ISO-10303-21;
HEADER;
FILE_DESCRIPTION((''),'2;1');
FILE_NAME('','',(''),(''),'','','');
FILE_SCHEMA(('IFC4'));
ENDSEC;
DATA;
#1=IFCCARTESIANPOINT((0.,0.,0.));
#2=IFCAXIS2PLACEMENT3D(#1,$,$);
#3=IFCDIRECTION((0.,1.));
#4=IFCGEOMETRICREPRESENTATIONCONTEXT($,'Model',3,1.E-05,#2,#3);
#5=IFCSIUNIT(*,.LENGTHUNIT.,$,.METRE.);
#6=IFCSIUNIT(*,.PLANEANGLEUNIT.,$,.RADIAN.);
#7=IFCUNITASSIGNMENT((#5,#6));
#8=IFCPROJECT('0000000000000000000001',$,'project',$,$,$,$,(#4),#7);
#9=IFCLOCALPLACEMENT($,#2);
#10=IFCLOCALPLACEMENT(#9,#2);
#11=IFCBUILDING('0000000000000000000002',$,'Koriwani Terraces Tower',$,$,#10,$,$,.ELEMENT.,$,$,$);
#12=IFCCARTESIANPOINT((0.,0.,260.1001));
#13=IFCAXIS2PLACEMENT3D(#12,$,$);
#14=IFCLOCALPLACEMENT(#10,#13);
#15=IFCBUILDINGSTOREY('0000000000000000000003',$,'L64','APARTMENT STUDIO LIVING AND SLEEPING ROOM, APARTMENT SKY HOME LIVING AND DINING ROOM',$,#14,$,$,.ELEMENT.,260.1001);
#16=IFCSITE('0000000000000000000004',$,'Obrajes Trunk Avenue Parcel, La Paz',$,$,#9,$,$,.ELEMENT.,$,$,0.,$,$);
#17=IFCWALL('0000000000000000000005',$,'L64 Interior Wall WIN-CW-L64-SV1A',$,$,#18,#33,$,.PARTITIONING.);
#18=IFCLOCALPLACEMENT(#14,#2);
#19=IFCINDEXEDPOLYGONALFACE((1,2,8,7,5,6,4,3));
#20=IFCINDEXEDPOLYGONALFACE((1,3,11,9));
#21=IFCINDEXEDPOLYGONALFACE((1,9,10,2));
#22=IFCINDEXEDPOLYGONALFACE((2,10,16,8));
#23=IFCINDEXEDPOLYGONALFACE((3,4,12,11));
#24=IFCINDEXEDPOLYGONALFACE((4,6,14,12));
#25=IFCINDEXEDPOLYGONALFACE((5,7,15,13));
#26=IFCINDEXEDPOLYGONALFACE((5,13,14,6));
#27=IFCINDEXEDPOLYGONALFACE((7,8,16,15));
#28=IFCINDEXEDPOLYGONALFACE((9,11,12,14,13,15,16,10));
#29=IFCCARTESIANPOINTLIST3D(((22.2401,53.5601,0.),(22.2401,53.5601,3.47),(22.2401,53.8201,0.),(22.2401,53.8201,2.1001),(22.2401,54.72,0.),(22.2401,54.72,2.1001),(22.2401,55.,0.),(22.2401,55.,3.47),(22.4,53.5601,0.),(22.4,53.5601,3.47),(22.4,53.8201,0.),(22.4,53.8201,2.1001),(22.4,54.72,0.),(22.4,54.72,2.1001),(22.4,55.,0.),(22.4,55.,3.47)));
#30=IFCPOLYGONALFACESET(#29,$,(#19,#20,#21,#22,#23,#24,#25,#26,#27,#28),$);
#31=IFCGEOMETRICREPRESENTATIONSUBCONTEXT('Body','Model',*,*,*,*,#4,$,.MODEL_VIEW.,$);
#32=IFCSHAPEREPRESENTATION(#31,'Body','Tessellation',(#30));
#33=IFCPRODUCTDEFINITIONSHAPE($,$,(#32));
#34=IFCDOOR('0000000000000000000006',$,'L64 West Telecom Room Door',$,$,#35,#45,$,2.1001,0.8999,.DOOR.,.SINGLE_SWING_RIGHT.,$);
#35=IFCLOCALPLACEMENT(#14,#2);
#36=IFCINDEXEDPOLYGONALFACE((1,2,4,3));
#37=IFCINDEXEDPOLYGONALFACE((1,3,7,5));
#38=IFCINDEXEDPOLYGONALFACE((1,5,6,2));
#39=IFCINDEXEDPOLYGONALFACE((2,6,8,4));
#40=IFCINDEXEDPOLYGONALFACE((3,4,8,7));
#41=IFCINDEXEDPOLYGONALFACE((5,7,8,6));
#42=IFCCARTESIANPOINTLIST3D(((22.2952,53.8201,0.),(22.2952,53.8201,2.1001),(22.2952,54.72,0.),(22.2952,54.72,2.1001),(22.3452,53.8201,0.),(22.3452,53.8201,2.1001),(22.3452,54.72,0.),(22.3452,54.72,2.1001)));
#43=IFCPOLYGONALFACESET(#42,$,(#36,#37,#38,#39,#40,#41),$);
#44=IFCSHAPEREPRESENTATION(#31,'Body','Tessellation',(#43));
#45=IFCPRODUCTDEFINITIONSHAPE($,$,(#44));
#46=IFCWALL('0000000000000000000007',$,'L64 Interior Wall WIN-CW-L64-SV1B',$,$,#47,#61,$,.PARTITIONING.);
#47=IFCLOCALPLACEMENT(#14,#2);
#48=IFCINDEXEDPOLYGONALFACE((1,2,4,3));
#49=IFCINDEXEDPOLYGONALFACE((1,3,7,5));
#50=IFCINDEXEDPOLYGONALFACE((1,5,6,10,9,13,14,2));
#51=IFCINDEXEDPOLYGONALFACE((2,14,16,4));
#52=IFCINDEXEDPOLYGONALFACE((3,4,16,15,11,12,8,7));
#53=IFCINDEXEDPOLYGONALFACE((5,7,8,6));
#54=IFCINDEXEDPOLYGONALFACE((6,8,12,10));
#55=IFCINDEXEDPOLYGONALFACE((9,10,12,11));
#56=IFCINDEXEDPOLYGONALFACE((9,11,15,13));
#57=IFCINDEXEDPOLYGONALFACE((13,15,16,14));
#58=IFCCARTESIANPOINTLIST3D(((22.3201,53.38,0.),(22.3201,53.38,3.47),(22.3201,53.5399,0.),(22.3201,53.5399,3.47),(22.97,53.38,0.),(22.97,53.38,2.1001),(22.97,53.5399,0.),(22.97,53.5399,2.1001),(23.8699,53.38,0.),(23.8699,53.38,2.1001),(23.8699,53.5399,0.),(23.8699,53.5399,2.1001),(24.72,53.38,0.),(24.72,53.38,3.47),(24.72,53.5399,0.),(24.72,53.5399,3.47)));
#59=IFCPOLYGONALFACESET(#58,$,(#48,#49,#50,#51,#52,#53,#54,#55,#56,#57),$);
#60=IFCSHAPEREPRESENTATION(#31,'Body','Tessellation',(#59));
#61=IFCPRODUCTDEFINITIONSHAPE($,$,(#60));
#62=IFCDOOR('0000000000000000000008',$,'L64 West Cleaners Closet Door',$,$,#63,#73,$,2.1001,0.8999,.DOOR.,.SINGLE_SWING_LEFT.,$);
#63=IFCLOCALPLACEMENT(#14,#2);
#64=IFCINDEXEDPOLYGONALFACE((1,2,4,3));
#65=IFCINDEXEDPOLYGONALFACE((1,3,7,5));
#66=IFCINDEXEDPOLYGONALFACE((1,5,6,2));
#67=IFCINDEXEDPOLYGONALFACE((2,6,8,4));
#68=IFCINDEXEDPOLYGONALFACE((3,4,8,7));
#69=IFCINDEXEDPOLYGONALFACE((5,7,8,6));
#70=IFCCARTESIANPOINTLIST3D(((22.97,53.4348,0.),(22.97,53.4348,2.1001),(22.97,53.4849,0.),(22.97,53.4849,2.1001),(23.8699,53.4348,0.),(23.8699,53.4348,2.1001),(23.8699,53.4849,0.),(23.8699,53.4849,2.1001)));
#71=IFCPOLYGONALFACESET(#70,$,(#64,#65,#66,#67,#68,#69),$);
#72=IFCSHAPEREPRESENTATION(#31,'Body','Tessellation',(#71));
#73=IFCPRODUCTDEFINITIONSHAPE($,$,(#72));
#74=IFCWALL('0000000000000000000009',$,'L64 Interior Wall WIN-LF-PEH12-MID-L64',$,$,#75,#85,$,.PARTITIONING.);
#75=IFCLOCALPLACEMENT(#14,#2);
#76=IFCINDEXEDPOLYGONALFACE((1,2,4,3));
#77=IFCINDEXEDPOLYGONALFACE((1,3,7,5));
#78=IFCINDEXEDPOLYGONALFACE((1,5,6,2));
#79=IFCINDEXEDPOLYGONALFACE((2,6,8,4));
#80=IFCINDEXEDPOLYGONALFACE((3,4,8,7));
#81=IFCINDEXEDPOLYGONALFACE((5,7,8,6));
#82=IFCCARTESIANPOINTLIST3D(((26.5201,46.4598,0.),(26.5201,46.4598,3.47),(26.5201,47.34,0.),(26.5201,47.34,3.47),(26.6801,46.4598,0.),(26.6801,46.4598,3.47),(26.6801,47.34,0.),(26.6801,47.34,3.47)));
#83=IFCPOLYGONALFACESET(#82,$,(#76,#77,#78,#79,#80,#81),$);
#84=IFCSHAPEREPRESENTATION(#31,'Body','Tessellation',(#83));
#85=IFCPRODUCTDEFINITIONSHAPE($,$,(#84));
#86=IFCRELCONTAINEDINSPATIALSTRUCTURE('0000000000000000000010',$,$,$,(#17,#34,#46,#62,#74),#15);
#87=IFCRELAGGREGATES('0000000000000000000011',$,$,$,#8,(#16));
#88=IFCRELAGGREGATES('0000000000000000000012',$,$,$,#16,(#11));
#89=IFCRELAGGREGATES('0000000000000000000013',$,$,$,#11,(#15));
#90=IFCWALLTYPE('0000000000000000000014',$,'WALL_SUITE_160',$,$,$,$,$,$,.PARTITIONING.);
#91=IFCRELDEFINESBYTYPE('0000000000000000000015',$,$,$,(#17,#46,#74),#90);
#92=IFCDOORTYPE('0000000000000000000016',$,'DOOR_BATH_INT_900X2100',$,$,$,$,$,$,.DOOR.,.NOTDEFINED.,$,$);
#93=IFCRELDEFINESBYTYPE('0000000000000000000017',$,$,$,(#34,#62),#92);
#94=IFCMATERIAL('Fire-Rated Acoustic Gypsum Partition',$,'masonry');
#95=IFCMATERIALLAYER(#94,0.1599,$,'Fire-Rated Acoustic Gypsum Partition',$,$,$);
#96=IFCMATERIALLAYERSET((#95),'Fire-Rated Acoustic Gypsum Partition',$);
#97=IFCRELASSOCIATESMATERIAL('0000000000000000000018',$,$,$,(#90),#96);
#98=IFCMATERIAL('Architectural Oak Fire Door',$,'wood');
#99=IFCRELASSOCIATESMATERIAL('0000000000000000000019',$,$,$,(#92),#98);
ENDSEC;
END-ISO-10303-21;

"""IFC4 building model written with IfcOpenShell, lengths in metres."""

from ifc_helpers import new_model, si_unit, direction, frame, frame_2d, origin, place, context, subcontext, project, spatial, rectangle, extrude, material, layer, layer_set, type_object, element, fill, save


model = new_model("IFC4")

# Units and contexts
model_context = context("Model", 3, precision=1e-05, world=origin(), true_north=direction((0.0, 1.0)))
body_context = subcontext(model_context, "Body", "Model", "MODEL_VIEW")
ifc_project = project(units=[si_unit("LENGTHUNIT", "METRE"), si_unit("PLANEANGLEUNIT", "RADIAN")], contexts=[model_context])

# Site, building, storey
site_placement = place(None, origin())
site = spatial("IfcSite", under=ifc_project, at=site_placement, Name="Obrajes Trunk Avenue Parcel, La Paz", CompositionType="ELEMENT", RefElevation=0.0)
building_placement = place(site_placement, origin())
building = spatial("IfcBuilding", under=site, at=building_placement, Name="Koriwani Terraces Tower", CompositionType="ELEMENT")
storey_placement = place(building_placement, frame((0.0, 0.0, 260.1001)))
storey = spatial("IfcBuildingStorey", under=building, at=storey_placement, Name="L64", Description="APARTMENT STUDIO LIVING AND SLEEPING ROOM, APARTMENT SKY HOME LIVING AND DINING ROOM", CompositionType="ELEMENT", Elevation=260.1001)

# Walls, openings, doors
ifc_material_1 = material(Name="Fire-Rated Acoustic Gypsum Partition", Category="masonry")
ifc_layer_1 = layer(ifc_material_1, 0.1599, Name="Fire-Rated Acoustic Gypsum Partition")
ifc_layer_set_1 = layer_set([ifc_layer_1], Name="Fire-Rated Acoustic Gypsum Partition")
wall_type_1 = type_object("IfcWallType", Name="WALL_SUITE_160", PredefinedType="PARTITIONING", material=ifc_layer_set_1)
wall_1_placement = place(storey_placement, frame((22.3201, 53.5601, 0.0), z_axis=(0.0, 0.0, 1.0), x_axis=(0.0, 1.0, 0.0)))
wall_1 = element("IfcWall", 1, at=wall_1_placement, inside=storey, type_object=wall_type_1, Name="L64 Interior Wall WIN-CW-L64-SV1A", PredefinedType="PARTITIONING", context=body_context, shape_type="SweptSolid", body=[
    extrude(rectangle(XDim=1.4399, YDim=0.1599, at=frame_2d((0.72, 0.0))), origin(), (0.0, 0.0, 1.0), 3.47),
])
opening_1_placement = place(wall_1_placement, frame((0.26, 0.0, 0.0)))
opening_1 = element("IfcOpeningElement", 2, at=opening_1_placement, cuts=wall_1, PredefinedType="OPENING", context=body_context, shape_type="SweptSolid", body=[
    extrude(rectangle(XDim=0.8999, YDim=2.1001, at=frame_2d((0.45, 1.05))), frame((0.0, 0.0898, 0.0), z_axis=(0.0, -1.0, 0.0), x_axis=(1.0, 0.0, 0.0)), (0.0, 0.0, 1.0), 0.1799),
])
ifc_material_2 = material(Name="Architectural Oak Fire Door", Category="wood")
door_type_1 = type_object("IfcDoorType", Name="DOOR_BATH_INT_900X2100", OperationType="NOTDEFINED", PredefinedType="DOOR", material=ifc_material_2)
door_1_placement = place(opening_1_placement, origin())
door_1 = element("IfcDoor", 3, at=door_1_placement, inside=storey, type_object=door_type_1, Name="L64 West Telecom Room Door", OperationType="SINGLE_SWING_RIGHT", OverallHeight=2.1001, OverallWidth=0.8999, PredefinedType="DOOR", context=body_context, shape_type="SweptSolid", body=[
    extrude(rectangle(XDim=0.8999, YDim=2.1001, at=frame_2d((0.45, 1.05))), frame((0.0, 0.0249, 0.0), z_axis=(0.0, -1.0, 0.0), x_axis=(1.0, 0.0, 0.0)), (0.0, 0.0, 1.0), 0.05),
])
fill(opening_1, door_1)
wall_2_placement = place(storey_placement, frame((22.3201, 53.46, 0.0), z_axis=(0.0, 0.0, 1.0), x_axis=(1.0, 0.0, 0.0)))
wall_2 = element("IfcWall", 4, at=wall_2_placement, inside=storey, type_object=wall_type_1, Name="L64 Interior Wall WIN-CW-L64-SV1B", PredefinedType="PARTITIONING", context=body_context, shape_type="SweptSolid", body=[
    extrude(rectangle(XDim=2.3999, YDim=0.1599, at=frame_2d((1.2, 0.0))), origin(), (0.0, 0.0, 1.0), 3.47),
])
opening_2_placement = place(wall_2_placement, frame((0.6499, 0.0, 0.0)))
opening_2 = element("IfcOpeningElement", 5, at=opening_2_placement, cuts=wall_2, PredefinedType="OPENING", context=body_context, shape_type="SweptSolid", body=[
    extrude(rectangle(XDim=0.8999, YDim=2.1001, at=frame_2d((0.45, 1.05))), frame((0.0, 0.0898, 0.0), z_axis=(0.0, -1.0, 0.0), x_axis=(1.0, 0.0, 0.0)), (0.0, 0.0, 1.0), 0.1799),
])
door_2_placement = place(opening_2_placement, origin())
door_2 = element("IfcDoor", 6, at=door_2_placement, inside=storey, type_object=door_type_1, Name="L64 West Cleaners Closet Door", OperationType="SINGLE_SWING_LEFT", OverallHeight=2.1001, OverallWidth=0.8999, PredefinedType="DOOR", context=body_context, shape_type="SweptSolid", body=[
    extrude(rectangle(XDim=0.8999, YDim=2.1001, at=frame_2d((0.45, 1.05))), frame((0.0, 0.0249, 0.0), z_axis=(0.0, -1.0, 0.0), x_axis=(1.0, 0.0, 0.0)), (0.0, 0.0, 1.0), 0.05),
])
fill(opening_2, door_2)

# Wall
wall_3_placement = place(storey_placement, frame((26.6001, 46.46, 0.0), z_axis=(0.0, 0.0, 1.0), x_axis=(0.0, 1.0, 0.0)))
element("IfcWall", 7, at=wall_3_placement, inside=storey, type_object=wall_type_1, Name="L64 Interior Wall WIN-LF-PEH12-MID-L64", PredefinedType="PARTITIONING", context=body_context, shape_type="SweptSolid", body=[
    extrude(rectangle(XDim=0.8801, YDim=0.1599, at=frame_2d((0.4399, 0.0))), origin(), (0.0, 0.0, 1.0), 3.47),
])

save(model, "model.ifc")
